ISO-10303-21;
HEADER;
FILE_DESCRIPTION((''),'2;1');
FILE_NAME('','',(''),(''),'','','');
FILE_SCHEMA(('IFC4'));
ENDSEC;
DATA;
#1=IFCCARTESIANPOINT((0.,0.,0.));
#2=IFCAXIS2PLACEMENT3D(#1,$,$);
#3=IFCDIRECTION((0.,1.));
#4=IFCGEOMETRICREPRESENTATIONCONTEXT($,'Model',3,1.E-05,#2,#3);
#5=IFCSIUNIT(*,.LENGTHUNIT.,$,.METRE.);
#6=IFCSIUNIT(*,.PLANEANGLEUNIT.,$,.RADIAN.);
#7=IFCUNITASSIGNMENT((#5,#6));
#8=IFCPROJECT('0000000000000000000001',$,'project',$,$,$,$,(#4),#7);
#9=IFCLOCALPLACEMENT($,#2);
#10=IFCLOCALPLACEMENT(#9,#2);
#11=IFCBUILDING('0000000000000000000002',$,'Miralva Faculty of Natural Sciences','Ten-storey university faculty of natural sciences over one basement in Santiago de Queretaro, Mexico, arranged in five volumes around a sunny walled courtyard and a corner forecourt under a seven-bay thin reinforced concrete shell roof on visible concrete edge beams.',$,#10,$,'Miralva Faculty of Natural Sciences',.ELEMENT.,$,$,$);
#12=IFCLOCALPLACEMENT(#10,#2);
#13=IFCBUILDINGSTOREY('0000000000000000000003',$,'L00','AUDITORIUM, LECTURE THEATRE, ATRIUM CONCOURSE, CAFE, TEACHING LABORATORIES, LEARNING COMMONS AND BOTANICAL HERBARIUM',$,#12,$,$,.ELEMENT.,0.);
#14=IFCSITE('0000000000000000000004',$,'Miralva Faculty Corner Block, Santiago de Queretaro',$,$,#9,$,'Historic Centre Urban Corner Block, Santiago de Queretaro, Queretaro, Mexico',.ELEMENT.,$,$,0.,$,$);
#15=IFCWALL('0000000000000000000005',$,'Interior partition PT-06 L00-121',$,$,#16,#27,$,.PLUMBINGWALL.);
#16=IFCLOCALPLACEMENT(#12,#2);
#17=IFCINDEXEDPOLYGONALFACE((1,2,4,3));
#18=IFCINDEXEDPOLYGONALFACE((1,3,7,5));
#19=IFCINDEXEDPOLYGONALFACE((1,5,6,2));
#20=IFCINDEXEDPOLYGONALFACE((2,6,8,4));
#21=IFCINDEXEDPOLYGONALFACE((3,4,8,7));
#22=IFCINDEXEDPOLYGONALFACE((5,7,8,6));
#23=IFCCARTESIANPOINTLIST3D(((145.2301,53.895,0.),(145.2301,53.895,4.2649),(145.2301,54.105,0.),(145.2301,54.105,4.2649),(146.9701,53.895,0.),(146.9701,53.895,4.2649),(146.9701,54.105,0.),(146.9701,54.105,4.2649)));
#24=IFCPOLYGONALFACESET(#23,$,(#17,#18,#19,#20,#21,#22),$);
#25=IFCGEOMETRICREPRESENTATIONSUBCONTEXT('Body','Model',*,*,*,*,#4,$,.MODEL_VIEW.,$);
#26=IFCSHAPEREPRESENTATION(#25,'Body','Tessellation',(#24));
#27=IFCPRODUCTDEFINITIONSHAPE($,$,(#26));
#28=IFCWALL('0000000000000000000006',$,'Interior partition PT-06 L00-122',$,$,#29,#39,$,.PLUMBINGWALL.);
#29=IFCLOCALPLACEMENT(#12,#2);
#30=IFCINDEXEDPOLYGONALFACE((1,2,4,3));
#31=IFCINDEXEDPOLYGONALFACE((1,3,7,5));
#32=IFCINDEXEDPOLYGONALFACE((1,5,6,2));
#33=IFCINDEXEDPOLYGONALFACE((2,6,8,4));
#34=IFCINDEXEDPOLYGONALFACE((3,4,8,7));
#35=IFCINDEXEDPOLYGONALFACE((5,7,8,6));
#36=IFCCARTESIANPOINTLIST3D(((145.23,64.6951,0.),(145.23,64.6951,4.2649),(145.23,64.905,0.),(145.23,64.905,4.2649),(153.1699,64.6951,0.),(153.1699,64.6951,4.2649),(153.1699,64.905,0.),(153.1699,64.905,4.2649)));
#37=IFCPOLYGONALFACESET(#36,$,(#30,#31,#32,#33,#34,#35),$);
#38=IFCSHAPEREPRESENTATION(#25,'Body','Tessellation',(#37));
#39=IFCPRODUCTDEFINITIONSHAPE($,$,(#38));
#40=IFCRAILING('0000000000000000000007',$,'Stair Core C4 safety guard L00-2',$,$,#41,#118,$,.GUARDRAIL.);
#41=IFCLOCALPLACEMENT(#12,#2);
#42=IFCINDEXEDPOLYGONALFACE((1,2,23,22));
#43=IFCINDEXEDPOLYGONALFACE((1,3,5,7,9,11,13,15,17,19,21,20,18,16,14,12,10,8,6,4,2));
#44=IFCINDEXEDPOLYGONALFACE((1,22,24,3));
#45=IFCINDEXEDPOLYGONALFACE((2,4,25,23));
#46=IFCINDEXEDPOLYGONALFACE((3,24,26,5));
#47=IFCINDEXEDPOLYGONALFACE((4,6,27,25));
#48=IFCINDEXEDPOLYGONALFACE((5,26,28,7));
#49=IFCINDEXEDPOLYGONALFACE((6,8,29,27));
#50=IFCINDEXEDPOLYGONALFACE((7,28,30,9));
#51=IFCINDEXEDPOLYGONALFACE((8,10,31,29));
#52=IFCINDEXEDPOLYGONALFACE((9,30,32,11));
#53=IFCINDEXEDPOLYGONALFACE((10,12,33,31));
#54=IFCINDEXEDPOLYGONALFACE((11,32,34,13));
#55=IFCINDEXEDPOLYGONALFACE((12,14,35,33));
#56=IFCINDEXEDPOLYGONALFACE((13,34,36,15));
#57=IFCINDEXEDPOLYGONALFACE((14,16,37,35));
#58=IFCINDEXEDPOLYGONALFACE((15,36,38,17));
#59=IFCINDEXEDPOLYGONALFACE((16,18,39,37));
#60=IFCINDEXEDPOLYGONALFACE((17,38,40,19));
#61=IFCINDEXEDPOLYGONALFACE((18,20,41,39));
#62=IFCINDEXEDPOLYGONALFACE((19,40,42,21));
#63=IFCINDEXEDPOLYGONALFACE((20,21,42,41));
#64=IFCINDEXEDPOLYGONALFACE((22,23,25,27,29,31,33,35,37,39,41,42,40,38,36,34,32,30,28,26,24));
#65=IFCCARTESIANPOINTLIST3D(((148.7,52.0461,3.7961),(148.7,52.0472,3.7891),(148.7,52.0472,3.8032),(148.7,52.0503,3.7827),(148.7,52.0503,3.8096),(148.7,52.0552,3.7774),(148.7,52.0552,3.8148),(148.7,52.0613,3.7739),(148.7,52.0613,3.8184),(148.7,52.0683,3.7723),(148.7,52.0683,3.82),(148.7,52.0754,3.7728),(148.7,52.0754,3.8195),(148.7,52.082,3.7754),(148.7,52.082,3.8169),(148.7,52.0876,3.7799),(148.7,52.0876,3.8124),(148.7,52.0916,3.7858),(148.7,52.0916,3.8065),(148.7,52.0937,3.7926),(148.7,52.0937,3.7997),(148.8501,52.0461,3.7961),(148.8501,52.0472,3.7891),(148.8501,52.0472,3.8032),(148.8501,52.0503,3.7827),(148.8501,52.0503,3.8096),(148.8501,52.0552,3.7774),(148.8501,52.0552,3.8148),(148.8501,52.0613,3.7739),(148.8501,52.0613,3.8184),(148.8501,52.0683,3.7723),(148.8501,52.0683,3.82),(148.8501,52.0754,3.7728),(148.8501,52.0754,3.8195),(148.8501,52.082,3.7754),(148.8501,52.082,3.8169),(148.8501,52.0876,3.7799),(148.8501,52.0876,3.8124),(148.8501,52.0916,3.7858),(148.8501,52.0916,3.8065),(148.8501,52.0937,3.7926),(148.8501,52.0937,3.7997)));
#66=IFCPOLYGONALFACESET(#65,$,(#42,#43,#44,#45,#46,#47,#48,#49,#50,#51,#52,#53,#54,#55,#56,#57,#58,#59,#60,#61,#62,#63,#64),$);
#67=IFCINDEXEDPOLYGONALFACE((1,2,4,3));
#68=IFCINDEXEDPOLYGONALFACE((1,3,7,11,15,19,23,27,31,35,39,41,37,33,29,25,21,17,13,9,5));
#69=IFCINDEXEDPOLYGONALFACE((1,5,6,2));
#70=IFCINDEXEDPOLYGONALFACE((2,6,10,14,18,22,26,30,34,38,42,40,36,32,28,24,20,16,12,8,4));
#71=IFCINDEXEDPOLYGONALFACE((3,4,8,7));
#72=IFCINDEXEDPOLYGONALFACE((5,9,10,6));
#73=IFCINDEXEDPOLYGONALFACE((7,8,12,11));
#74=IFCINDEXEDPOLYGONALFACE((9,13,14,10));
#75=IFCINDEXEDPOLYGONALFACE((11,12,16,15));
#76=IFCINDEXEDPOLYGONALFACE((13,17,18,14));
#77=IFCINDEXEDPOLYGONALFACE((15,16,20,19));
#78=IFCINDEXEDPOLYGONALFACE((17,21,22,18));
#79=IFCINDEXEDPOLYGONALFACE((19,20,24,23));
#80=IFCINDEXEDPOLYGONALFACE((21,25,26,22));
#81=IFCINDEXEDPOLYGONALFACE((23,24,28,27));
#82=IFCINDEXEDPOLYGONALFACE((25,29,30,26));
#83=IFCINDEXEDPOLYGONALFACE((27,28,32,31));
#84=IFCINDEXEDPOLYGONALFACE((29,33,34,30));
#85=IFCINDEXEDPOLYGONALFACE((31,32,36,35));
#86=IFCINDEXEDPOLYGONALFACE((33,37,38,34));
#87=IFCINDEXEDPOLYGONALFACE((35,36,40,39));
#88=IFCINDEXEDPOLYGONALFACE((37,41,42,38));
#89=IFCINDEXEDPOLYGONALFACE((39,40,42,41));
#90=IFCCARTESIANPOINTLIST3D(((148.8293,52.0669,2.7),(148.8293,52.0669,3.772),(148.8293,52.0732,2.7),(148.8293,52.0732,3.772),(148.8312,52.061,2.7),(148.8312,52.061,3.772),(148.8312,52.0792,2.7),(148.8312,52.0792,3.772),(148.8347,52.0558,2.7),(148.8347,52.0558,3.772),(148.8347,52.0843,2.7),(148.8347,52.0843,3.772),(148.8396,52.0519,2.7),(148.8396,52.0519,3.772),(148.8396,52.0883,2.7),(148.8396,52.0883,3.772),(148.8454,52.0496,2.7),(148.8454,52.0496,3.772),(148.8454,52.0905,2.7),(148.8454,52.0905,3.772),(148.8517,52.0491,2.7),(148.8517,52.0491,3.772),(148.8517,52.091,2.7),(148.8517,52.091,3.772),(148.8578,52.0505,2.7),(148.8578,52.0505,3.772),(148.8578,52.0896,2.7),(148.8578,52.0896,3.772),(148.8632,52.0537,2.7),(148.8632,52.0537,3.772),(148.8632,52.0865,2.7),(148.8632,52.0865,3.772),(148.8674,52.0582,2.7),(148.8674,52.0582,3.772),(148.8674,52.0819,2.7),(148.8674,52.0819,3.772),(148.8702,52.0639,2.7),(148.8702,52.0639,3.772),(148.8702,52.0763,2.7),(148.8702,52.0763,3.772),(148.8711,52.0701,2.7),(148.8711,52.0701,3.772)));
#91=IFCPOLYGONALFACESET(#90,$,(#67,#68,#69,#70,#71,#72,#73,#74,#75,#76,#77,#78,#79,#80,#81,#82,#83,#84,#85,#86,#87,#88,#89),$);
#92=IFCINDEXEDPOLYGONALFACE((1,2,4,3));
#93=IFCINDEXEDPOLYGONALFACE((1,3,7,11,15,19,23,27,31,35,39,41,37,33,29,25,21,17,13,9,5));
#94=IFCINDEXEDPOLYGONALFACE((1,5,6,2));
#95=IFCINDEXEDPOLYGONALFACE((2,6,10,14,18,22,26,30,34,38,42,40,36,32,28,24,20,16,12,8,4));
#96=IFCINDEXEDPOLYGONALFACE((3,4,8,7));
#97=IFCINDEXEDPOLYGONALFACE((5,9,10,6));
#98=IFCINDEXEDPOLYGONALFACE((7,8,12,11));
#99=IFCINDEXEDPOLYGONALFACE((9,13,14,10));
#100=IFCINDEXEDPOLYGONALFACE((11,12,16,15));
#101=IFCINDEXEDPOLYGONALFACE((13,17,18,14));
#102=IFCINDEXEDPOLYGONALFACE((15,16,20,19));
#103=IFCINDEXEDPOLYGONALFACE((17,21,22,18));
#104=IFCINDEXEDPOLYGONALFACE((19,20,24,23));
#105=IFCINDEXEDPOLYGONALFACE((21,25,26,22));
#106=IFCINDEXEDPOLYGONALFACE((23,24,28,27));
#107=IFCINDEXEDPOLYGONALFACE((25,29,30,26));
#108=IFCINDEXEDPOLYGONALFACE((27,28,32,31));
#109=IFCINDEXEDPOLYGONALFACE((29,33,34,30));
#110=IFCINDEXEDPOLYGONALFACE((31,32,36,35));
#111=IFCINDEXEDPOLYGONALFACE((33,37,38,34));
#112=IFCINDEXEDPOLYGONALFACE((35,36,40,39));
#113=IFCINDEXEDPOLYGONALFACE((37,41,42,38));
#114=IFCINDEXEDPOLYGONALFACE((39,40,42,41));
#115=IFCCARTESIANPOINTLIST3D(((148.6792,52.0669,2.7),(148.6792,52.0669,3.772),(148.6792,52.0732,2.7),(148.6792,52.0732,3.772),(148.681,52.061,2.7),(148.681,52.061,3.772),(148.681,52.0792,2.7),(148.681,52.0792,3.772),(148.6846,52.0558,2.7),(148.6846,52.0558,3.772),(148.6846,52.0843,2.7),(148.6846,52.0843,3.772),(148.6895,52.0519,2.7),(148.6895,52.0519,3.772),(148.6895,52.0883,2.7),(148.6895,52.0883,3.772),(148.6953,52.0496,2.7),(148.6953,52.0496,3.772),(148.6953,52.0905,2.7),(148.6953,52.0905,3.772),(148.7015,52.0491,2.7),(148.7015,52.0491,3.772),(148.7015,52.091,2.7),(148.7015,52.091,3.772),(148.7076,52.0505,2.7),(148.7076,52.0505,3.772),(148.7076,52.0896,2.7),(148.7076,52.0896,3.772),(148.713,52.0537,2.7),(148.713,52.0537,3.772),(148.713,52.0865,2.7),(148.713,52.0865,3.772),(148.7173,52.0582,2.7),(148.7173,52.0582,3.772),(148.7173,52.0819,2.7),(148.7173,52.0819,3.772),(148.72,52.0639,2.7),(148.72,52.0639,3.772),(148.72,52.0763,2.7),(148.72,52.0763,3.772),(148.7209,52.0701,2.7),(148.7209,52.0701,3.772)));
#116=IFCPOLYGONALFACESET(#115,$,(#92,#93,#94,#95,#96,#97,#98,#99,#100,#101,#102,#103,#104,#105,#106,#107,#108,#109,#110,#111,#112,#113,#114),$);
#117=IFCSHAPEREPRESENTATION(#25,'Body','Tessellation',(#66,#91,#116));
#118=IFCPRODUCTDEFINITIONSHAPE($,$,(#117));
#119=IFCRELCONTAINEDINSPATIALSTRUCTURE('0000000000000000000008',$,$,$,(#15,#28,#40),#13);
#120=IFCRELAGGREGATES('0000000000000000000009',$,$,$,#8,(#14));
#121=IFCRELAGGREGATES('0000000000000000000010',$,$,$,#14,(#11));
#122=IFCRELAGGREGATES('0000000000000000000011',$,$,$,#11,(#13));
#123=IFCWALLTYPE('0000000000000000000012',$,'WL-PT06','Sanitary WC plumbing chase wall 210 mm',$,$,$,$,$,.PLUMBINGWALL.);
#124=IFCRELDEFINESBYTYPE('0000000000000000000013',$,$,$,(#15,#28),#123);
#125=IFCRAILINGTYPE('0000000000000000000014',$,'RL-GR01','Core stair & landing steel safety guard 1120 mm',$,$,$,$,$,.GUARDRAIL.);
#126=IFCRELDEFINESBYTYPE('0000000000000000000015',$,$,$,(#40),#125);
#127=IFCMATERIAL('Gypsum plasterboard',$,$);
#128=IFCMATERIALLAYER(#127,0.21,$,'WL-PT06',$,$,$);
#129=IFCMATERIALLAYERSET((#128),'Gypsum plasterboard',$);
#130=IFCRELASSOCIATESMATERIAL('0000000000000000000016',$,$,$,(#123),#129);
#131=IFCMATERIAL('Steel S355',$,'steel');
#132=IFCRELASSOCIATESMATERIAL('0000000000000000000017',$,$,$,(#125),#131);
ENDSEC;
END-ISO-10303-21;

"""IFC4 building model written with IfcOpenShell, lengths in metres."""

from ifc_helpers import new_model, si_unit, direction, frame, frame_2d, origin, origin_2d, place, context, subcontext, project, spatial, rectangle, circle, extrude, material, layer, layer_set, type_object, element, save


model = new_model("IFC4")

# Units and contexts
model_context = context("Model", 3, precision=1e-05, world=origin(), true_north=direction((0.0, 1.0)))
body_context = subcontext(model_context, "Body", "Model", "MODEL_VIEW")
ifc_project = project(units=[si_unit("LENGTHUNIT", "METRE"), si_unit("PLANEANGLEUNIT", "RADIAN")], contexts=[model_context])

# Site, building, storey
site_placement = place(None, origin())
site = spatial("IfcSite", under=ifc_project, at=site_placement, Name="Miralva Faculty Corner Block, Santiago de Queretaro", LongName="Historic Centre Urban Corner Block, Santiago de Queretaro, Queretaro, Mexico", CompositionType="ELEMENT", RefElevation=0.0)
building_placement = place(site_placement, origin())
building = spatial("IfcBuilding", under=site, at=building_placement, Name="Miralva Faculty of Natural Sciences", Description="Ten-storey university faculty of natural sciences over one basement in Santiago de Queretaro, Mexico, arranged in five volumes around a sunny walled courtyard and a corner forecourt under a seven-bay thin reinforced concrete shell roof on visible concrete edge beams.", LongName="Miralva Faculty of Natural Sciences", CompositionType="ELEMENT")
storey_placement = place(building_placement, origin())
storey = spatial("IfcBuildingStorey", under=building, at=storey_placement, Name="L00", Description="AUDITORIUM, LECTURE THEATRE, ATRIUM CONCOURSE, CAFE, TEACHING LABORATORIES, LEARNING COMMONS AND BOTANICAL HERBARIUM", CompositionType="ELEMENT", Elevation=0.0)

# Shared definitions
ifc_material_1 = material(Name="Gypsum plasterboard")
ifc_layer_1 = layer(ifc_material_1, 0.21, Name="WL-PT06")
ifc_layer_set_1 = layer_set([ifc_layer_1], Name="Gypsum plasterboard")
wall_type_1 = type_object("IfcWallType", Name="WL-PT06", Description="Sanitary WC plumbing chase wall 210 mm", PredefinedType="PLUMBINGWALL", material=ifc_layer_set_1)

# Walls
wall_1_placement = place(storey_placement, frame((145.23, 54.0, 0.0), z_axis=(0.0, 0.0, 1.0), x_axis=(1.0, 0.0, 0.0)))
element("IfcWall", 1, at=wall_1_placement, inside=storey, type_object=wall_type_1, Name="Interior partition PT-06 L00-121", PredefinedType="PLUMBINGWALL", context=body_context, shape_type="SweptSolid", body=[
    extrude(rectangle(XDim=1.74, YDim=0.21, at=frame_2d((0.8701, 0.0))), origin(), (0.0, 0.0, 1.0), 4.2649),
])
wall_2_placement = place(storey_placement, frame((145.23, 64.8, 0.0), z_axis=(0.0, 0.0, 1.0), x_axis=(1.0, 0.0, 0.0)))
element("IfcWall", 2, at=wall_2_placement, inside=storey, type_object=wall_type_1, Name="Interior partition PT-06 L00-122", PredefinedType="PLUMBINGWALL", context=body_context, shape_type="SweptSolid", body=[
    extrude(rectangle(XDim=7.9399, YDim=0.21, at=frame_2d((3.97, 0.0))), origin(), (0.0, 0.0, 1.0), 4.2649),
])

# Railing
ifc_material_2 = material(Name="Steel S355", Category="steel")
railing_type = type_object("IfcRailingType", Name="RL-GR01", Description="Core stair & landing steel safety guard 1120 mm", PredefinedType="GUARDRAIL", material=ifc_material_2)
railing_1_placement = place(storey_placement, frame((148.8501, 52.0701, 2.7)))
element("IfcRailing", 3, at=railing_1_placement, inside=storey, type_object=railing_type, Name="Stair Core C4 safety guard L00-2", PredefinedType="GUARDRAIL", context=body_context, shape_type="SweptSolid", body=[
    extrude(circle(Radius=0.0239, at=origin_2d()), frame((0.0, 0.0, 1.0962), z_axis=(-1.0, 0.0, 0.0), x_axis=(0.0, -1.0, 0.0)), (0.0, 0.0, 1.0), 0.1501),
    extrude(circle(Radius=0.021, at=origin_2d()), origin(), (0.0, 0.0, 1.0), 1.072),
    extrude(circle(Radius=0.021, at=origin_2d()), frame((-0.1501, 0.0, 0.0)), (0.0, 0.0, 1.0), 1.072),
])

save(model, "model.ifc")
